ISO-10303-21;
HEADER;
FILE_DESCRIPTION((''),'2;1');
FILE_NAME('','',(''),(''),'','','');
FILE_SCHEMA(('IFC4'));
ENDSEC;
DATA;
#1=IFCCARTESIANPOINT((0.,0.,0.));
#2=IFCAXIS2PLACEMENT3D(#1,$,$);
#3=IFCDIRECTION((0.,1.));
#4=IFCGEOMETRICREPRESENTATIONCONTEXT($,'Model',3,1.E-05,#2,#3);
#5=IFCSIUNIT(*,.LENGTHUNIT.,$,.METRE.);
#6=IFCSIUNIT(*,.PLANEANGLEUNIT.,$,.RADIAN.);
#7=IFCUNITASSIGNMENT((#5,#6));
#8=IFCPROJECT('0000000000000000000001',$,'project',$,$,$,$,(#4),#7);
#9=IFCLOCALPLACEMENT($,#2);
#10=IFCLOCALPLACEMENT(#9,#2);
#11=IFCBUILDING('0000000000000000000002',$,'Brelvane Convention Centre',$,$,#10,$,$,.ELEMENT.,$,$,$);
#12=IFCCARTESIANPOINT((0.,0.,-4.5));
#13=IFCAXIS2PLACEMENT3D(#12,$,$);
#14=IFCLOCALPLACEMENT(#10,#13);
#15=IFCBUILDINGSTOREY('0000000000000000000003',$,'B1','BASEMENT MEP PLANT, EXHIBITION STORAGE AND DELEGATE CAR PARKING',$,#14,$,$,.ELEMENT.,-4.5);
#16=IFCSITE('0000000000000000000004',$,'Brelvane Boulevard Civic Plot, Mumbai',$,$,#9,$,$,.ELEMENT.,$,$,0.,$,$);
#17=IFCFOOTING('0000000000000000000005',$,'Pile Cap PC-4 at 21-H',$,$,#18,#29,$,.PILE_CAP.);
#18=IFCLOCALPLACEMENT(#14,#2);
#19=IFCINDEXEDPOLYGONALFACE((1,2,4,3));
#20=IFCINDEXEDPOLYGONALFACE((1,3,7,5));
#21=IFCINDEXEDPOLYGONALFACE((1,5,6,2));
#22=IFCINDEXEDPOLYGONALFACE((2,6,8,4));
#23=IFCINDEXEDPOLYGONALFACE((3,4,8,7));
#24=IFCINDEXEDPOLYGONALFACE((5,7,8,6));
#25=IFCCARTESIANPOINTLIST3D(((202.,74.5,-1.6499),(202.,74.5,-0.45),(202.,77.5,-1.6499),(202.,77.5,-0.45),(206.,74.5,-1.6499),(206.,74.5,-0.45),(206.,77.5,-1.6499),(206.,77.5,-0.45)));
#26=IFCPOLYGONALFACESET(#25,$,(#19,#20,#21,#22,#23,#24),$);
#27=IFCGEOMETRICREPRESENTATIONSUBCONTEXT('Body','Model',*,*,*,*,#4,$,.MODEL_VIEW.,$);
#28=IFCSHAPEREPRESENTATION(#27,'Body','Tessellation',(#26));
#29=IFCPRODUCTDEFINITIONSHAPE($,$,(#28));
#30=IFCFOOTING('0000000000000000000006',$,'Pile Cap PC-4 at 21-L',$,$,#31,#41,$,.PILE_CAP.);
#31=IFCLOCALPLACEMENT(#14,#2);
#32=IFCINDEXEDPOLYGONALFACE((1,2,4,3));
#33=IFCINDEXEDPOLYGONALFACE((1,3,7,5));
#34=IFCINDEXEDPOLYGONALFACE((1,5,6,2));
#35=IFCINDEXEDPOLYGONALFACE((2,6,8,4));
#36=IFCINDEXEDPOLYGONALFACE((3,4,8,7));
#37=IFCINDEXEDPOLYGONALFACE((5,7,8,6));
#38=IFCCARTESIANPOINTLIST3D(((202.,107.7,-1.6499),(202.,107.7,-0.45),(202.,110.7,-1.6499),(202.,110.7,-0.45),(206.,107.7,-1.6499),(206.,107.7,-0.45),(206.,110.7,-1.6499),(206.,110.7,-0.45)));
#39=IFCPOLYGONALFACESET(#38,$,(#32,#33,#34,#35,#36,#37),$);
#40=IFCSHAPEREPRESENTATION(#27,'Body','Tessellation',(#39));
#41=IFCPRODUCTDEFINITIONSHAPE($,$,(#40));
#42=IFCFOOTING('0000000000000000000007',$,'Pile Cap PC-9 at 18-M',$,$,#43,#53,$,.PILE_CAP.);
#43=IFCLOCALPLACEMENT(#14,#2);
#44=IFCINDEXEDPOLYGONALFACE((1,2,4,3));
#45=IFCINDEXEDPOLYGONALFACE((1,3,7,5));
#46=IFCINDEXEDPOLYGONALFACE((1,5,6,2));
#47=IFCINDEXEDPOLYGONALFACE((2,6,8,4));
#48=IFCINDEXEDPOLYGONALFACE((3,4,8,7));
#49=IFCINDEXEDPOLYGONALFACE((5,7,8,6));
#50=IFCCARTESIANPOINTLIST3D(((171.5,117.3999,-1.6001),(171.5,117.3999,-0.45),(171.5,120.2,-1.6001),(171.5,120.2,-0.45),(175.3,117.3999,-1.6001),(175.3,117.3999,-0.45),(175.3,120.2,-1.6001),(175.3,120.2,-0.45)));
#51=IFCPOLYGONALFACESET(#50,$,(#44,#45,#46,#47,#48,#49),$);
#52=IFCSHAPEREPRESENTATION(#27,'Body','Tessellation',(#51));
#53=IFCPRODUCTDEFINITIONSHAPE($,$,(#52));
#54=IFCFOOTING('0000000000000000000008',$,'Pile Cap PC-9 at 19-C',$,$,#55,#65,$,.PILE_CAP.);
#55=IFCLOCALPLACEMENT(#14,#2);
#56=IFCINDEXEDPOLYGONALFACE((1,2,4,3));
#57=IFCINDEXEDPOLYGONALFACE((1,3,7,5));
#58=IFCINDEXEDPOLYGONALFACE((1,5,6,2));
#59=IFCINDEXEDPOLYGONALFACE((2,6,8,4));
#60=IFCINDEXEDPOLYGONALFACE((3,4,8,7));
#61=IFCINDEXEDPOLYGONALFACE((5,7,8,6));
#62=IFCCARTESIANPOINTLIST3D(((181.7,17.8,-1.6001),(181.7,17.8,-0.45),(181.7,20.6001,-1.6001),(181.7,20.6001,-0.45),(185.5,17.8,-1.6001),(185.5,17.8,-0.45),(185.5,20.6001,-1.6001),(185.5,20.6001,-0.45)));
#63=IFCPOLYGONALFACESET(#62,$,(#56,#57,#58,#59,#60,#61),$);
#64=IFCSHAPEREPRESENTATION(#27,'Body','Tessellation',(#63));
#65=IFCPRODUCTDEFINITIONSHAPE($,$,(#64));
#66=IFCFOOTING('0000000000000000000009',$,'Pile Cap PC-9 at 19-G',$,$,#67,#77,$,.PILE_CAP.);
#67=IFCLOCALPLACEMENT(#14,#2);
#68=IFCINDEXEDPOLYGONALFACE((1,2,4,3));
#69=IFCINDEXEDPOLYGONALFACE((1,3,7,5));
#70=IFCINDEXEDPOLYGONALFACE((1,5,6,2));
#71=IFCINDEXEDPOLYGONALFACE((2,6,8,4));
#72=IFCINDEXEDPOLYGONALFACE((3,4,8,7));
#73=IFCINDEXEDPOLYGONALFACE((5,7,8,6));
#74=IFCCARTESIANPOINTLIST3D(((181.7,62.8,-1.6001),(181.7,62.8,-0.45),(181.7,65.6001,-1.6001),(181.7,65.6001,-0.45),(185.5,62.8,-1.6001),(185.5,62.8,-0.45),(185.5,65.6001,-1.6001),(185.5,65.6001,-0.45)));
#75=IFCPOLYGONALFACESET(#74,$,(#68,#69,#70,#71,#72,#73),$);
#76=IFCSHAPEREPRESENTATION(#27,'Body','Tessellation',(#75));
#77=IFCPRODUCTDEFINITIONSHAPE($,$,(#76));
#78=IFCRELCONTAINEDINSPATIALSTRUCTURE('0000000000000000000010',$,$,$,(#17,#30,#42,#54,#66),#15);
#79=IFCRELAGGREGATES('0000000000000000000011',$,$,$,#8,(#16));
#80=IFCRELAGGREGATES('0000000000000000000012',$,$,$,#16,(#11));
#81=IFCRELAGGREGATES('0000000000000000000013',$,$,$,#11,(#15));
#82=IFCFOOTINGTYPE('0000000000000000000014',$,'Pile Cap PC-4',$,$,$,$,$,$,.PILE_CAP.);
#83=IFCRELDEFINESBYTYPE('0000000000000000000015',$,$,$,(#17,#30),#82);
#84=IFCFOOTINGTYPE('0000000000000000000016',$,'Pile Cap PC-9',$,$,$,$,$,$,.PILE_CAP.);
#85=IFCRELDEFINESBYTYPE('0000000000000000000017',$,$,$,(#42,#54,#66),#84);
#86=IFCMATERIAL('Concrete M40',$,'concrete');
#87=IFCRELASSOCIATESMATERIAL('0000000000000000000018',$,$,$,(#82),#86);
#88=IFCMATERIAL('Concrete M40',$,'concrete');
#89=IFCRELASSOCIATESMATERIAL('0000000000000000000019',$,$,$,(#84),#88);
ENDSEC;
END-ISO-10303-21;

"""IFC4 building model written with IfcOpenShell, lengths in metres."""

from ifc_helpers import new_model, si_unit, direction, frame, origin, place, context, subcontext, project, spatial, polyline, outline, extrude, material, type_object, element, save


model = new_model("IFC4")

# Units and contexts
model_context = context("Model", 3, precision=1e-05, world=origin(), true_north=direction((0.0, 1.0)))
body_context = subcontext(model_context, "Body", "Model", "MODEL_VIEW")
ifc_project = project(units=[si_unit("LENGTHUNIT", "METRE"), si_unit("PLANEANGLEUNIT", "RADIAN")], contexts=[model_context])

# Site, building, storey
site_placement = place(None, origin())
site = spatial("IfcSite", under=ifc_project, at=site_placement, Name="Brelvane Boulevard Civic Plot, Mumbai", CompositionType="ELEMENT", RefElevation=0.0)
building_placement = place(site_placement, origin())
building = spatial("IfcBuilding", under=site, at=building_placement, Name="Brelvane Convention Centre", CompositionType="ELEMENT")
storey_placement = place(building_placement, frame((0.0, 0.0, -4.5)))
storey = spatial("IfcBuildingStorey", under=building, at=storey_placement, Name="B1", Description="BASEMENT MEP PLANT, EXHIBITION STORAGE AND DELEGATE CAR PARKING", CompositionType="ELEMENT", Elevation=-4.5)

# Footings
ifc_material_1 = material(Name="Concrete M40", Category="concrete")
footing_type_1 = type_object("IfcFootingType", Name="Pile Cap PC-4", PredefinedType="PILE_CAP", material=ifc_material_1)
footing_1_placement = place(storey_placement, frame((0.0, 0.0, -1.6499)))
element("IfcFooting", 1, at=footing_1_placement, inside=storey, type_object=footing_type_1, Name="Pile Cap PC-4 at 21-H", PredefinedType="PILE_CAP", context=body_context, shape_type="SweptSolid", body=[
    extrude(outline(polyline([(202.0, 74.5), (206.0, 74.5), (206.0, 77.5), (202.0, 77.5), (202.0, 74.5)])), origin(), (0.0, 0.0, 1.0), 1.2),
])
footing_2_placement = place(storey_placement, frame((0.0, 0.0, -1.6499)))
element("IfcFooting", 2, at=footing_2_placement, inside=storey, type_object=footing_type_1, Name="Pile Cap PC-4 at 21-L", PredefinedType="PILE_CAP", context=body_context, shape_type="SweptSolid", body=[
    extrude(outline(polyline([(202.0, 107.7), (206.0, 107.7), (206.0, 110.7), (202.0, 110.7), (202.0, 107.7)])), origin(), (0.0, 0.0, 1.0), 1.2),
])
ifc_material_2 = material(Name="Concrete M40", Category="concrete")
footing_type_2 = type_object("IfcFootingType", Name="Pile Cap PC-9", PredefinedType="PILE_CAP", material=ifc_material_2)
footing_3_placement = place(storey_placement, frame((0.0, 0.0, -1.6001)))
element("IfcFooting", 3, at=footing_3_placement, inside=storey, type_object=footing_type_2, Name="Pile Cap PC-9 at 18-M", PredefinedType="PILE_CAP", context=body_context, shape_type="SweptSolid", body=[
    extrude(outline(polyline([(171.5, 117.3999), (175.3, 117.3999), (175.3, 120.2), (171.5, 120.2), (171.5, 117.3999)])), origin(), (0.0, 0.0, 1.0), 1.1501),
])
footing_4_placement = place(storey_placement, frame((0.0, 0.0, -1.6001)))
element("IfcFooting", 4, at=footing_4_placement, inside=storey, type_object=footing_type_2, Name="Pile Cap PC-9 at 19-C", PredefinedType="PILE_CAP", context=body_context, shape_type="SweptSolid", body=[
    extrude(outline(polyline([(181.7, 17.8), (185.5, 17.8), (185.5, 20.6001), (181.7, 20.6001), (181.7, 17.8)])), origin(), (0.0, 0.0, 1.0), 1.1501),
])
footing_5_placement = place(storey_placement, frame((0.0, 0.0, -1.6001)))
element("IfcFooting", 5, at=footing_5_placement, inside=storey, type_object=footing_type_2, Name="Pile Cap PC-9 at 19-G", PredefinedType="PILE_CAP", context=body_context, shape_type="SweptSolid", body=[
    extrude(outline(polyline([(181.7, 62.8), (185.5, 62.8), (185.5, 65.6001), (181.7, 65.6001), (181.7, 62.8)])), origin(), (0.0, 0.0, 1.0), 1.1501),
])

save(model, "model.ifc")
